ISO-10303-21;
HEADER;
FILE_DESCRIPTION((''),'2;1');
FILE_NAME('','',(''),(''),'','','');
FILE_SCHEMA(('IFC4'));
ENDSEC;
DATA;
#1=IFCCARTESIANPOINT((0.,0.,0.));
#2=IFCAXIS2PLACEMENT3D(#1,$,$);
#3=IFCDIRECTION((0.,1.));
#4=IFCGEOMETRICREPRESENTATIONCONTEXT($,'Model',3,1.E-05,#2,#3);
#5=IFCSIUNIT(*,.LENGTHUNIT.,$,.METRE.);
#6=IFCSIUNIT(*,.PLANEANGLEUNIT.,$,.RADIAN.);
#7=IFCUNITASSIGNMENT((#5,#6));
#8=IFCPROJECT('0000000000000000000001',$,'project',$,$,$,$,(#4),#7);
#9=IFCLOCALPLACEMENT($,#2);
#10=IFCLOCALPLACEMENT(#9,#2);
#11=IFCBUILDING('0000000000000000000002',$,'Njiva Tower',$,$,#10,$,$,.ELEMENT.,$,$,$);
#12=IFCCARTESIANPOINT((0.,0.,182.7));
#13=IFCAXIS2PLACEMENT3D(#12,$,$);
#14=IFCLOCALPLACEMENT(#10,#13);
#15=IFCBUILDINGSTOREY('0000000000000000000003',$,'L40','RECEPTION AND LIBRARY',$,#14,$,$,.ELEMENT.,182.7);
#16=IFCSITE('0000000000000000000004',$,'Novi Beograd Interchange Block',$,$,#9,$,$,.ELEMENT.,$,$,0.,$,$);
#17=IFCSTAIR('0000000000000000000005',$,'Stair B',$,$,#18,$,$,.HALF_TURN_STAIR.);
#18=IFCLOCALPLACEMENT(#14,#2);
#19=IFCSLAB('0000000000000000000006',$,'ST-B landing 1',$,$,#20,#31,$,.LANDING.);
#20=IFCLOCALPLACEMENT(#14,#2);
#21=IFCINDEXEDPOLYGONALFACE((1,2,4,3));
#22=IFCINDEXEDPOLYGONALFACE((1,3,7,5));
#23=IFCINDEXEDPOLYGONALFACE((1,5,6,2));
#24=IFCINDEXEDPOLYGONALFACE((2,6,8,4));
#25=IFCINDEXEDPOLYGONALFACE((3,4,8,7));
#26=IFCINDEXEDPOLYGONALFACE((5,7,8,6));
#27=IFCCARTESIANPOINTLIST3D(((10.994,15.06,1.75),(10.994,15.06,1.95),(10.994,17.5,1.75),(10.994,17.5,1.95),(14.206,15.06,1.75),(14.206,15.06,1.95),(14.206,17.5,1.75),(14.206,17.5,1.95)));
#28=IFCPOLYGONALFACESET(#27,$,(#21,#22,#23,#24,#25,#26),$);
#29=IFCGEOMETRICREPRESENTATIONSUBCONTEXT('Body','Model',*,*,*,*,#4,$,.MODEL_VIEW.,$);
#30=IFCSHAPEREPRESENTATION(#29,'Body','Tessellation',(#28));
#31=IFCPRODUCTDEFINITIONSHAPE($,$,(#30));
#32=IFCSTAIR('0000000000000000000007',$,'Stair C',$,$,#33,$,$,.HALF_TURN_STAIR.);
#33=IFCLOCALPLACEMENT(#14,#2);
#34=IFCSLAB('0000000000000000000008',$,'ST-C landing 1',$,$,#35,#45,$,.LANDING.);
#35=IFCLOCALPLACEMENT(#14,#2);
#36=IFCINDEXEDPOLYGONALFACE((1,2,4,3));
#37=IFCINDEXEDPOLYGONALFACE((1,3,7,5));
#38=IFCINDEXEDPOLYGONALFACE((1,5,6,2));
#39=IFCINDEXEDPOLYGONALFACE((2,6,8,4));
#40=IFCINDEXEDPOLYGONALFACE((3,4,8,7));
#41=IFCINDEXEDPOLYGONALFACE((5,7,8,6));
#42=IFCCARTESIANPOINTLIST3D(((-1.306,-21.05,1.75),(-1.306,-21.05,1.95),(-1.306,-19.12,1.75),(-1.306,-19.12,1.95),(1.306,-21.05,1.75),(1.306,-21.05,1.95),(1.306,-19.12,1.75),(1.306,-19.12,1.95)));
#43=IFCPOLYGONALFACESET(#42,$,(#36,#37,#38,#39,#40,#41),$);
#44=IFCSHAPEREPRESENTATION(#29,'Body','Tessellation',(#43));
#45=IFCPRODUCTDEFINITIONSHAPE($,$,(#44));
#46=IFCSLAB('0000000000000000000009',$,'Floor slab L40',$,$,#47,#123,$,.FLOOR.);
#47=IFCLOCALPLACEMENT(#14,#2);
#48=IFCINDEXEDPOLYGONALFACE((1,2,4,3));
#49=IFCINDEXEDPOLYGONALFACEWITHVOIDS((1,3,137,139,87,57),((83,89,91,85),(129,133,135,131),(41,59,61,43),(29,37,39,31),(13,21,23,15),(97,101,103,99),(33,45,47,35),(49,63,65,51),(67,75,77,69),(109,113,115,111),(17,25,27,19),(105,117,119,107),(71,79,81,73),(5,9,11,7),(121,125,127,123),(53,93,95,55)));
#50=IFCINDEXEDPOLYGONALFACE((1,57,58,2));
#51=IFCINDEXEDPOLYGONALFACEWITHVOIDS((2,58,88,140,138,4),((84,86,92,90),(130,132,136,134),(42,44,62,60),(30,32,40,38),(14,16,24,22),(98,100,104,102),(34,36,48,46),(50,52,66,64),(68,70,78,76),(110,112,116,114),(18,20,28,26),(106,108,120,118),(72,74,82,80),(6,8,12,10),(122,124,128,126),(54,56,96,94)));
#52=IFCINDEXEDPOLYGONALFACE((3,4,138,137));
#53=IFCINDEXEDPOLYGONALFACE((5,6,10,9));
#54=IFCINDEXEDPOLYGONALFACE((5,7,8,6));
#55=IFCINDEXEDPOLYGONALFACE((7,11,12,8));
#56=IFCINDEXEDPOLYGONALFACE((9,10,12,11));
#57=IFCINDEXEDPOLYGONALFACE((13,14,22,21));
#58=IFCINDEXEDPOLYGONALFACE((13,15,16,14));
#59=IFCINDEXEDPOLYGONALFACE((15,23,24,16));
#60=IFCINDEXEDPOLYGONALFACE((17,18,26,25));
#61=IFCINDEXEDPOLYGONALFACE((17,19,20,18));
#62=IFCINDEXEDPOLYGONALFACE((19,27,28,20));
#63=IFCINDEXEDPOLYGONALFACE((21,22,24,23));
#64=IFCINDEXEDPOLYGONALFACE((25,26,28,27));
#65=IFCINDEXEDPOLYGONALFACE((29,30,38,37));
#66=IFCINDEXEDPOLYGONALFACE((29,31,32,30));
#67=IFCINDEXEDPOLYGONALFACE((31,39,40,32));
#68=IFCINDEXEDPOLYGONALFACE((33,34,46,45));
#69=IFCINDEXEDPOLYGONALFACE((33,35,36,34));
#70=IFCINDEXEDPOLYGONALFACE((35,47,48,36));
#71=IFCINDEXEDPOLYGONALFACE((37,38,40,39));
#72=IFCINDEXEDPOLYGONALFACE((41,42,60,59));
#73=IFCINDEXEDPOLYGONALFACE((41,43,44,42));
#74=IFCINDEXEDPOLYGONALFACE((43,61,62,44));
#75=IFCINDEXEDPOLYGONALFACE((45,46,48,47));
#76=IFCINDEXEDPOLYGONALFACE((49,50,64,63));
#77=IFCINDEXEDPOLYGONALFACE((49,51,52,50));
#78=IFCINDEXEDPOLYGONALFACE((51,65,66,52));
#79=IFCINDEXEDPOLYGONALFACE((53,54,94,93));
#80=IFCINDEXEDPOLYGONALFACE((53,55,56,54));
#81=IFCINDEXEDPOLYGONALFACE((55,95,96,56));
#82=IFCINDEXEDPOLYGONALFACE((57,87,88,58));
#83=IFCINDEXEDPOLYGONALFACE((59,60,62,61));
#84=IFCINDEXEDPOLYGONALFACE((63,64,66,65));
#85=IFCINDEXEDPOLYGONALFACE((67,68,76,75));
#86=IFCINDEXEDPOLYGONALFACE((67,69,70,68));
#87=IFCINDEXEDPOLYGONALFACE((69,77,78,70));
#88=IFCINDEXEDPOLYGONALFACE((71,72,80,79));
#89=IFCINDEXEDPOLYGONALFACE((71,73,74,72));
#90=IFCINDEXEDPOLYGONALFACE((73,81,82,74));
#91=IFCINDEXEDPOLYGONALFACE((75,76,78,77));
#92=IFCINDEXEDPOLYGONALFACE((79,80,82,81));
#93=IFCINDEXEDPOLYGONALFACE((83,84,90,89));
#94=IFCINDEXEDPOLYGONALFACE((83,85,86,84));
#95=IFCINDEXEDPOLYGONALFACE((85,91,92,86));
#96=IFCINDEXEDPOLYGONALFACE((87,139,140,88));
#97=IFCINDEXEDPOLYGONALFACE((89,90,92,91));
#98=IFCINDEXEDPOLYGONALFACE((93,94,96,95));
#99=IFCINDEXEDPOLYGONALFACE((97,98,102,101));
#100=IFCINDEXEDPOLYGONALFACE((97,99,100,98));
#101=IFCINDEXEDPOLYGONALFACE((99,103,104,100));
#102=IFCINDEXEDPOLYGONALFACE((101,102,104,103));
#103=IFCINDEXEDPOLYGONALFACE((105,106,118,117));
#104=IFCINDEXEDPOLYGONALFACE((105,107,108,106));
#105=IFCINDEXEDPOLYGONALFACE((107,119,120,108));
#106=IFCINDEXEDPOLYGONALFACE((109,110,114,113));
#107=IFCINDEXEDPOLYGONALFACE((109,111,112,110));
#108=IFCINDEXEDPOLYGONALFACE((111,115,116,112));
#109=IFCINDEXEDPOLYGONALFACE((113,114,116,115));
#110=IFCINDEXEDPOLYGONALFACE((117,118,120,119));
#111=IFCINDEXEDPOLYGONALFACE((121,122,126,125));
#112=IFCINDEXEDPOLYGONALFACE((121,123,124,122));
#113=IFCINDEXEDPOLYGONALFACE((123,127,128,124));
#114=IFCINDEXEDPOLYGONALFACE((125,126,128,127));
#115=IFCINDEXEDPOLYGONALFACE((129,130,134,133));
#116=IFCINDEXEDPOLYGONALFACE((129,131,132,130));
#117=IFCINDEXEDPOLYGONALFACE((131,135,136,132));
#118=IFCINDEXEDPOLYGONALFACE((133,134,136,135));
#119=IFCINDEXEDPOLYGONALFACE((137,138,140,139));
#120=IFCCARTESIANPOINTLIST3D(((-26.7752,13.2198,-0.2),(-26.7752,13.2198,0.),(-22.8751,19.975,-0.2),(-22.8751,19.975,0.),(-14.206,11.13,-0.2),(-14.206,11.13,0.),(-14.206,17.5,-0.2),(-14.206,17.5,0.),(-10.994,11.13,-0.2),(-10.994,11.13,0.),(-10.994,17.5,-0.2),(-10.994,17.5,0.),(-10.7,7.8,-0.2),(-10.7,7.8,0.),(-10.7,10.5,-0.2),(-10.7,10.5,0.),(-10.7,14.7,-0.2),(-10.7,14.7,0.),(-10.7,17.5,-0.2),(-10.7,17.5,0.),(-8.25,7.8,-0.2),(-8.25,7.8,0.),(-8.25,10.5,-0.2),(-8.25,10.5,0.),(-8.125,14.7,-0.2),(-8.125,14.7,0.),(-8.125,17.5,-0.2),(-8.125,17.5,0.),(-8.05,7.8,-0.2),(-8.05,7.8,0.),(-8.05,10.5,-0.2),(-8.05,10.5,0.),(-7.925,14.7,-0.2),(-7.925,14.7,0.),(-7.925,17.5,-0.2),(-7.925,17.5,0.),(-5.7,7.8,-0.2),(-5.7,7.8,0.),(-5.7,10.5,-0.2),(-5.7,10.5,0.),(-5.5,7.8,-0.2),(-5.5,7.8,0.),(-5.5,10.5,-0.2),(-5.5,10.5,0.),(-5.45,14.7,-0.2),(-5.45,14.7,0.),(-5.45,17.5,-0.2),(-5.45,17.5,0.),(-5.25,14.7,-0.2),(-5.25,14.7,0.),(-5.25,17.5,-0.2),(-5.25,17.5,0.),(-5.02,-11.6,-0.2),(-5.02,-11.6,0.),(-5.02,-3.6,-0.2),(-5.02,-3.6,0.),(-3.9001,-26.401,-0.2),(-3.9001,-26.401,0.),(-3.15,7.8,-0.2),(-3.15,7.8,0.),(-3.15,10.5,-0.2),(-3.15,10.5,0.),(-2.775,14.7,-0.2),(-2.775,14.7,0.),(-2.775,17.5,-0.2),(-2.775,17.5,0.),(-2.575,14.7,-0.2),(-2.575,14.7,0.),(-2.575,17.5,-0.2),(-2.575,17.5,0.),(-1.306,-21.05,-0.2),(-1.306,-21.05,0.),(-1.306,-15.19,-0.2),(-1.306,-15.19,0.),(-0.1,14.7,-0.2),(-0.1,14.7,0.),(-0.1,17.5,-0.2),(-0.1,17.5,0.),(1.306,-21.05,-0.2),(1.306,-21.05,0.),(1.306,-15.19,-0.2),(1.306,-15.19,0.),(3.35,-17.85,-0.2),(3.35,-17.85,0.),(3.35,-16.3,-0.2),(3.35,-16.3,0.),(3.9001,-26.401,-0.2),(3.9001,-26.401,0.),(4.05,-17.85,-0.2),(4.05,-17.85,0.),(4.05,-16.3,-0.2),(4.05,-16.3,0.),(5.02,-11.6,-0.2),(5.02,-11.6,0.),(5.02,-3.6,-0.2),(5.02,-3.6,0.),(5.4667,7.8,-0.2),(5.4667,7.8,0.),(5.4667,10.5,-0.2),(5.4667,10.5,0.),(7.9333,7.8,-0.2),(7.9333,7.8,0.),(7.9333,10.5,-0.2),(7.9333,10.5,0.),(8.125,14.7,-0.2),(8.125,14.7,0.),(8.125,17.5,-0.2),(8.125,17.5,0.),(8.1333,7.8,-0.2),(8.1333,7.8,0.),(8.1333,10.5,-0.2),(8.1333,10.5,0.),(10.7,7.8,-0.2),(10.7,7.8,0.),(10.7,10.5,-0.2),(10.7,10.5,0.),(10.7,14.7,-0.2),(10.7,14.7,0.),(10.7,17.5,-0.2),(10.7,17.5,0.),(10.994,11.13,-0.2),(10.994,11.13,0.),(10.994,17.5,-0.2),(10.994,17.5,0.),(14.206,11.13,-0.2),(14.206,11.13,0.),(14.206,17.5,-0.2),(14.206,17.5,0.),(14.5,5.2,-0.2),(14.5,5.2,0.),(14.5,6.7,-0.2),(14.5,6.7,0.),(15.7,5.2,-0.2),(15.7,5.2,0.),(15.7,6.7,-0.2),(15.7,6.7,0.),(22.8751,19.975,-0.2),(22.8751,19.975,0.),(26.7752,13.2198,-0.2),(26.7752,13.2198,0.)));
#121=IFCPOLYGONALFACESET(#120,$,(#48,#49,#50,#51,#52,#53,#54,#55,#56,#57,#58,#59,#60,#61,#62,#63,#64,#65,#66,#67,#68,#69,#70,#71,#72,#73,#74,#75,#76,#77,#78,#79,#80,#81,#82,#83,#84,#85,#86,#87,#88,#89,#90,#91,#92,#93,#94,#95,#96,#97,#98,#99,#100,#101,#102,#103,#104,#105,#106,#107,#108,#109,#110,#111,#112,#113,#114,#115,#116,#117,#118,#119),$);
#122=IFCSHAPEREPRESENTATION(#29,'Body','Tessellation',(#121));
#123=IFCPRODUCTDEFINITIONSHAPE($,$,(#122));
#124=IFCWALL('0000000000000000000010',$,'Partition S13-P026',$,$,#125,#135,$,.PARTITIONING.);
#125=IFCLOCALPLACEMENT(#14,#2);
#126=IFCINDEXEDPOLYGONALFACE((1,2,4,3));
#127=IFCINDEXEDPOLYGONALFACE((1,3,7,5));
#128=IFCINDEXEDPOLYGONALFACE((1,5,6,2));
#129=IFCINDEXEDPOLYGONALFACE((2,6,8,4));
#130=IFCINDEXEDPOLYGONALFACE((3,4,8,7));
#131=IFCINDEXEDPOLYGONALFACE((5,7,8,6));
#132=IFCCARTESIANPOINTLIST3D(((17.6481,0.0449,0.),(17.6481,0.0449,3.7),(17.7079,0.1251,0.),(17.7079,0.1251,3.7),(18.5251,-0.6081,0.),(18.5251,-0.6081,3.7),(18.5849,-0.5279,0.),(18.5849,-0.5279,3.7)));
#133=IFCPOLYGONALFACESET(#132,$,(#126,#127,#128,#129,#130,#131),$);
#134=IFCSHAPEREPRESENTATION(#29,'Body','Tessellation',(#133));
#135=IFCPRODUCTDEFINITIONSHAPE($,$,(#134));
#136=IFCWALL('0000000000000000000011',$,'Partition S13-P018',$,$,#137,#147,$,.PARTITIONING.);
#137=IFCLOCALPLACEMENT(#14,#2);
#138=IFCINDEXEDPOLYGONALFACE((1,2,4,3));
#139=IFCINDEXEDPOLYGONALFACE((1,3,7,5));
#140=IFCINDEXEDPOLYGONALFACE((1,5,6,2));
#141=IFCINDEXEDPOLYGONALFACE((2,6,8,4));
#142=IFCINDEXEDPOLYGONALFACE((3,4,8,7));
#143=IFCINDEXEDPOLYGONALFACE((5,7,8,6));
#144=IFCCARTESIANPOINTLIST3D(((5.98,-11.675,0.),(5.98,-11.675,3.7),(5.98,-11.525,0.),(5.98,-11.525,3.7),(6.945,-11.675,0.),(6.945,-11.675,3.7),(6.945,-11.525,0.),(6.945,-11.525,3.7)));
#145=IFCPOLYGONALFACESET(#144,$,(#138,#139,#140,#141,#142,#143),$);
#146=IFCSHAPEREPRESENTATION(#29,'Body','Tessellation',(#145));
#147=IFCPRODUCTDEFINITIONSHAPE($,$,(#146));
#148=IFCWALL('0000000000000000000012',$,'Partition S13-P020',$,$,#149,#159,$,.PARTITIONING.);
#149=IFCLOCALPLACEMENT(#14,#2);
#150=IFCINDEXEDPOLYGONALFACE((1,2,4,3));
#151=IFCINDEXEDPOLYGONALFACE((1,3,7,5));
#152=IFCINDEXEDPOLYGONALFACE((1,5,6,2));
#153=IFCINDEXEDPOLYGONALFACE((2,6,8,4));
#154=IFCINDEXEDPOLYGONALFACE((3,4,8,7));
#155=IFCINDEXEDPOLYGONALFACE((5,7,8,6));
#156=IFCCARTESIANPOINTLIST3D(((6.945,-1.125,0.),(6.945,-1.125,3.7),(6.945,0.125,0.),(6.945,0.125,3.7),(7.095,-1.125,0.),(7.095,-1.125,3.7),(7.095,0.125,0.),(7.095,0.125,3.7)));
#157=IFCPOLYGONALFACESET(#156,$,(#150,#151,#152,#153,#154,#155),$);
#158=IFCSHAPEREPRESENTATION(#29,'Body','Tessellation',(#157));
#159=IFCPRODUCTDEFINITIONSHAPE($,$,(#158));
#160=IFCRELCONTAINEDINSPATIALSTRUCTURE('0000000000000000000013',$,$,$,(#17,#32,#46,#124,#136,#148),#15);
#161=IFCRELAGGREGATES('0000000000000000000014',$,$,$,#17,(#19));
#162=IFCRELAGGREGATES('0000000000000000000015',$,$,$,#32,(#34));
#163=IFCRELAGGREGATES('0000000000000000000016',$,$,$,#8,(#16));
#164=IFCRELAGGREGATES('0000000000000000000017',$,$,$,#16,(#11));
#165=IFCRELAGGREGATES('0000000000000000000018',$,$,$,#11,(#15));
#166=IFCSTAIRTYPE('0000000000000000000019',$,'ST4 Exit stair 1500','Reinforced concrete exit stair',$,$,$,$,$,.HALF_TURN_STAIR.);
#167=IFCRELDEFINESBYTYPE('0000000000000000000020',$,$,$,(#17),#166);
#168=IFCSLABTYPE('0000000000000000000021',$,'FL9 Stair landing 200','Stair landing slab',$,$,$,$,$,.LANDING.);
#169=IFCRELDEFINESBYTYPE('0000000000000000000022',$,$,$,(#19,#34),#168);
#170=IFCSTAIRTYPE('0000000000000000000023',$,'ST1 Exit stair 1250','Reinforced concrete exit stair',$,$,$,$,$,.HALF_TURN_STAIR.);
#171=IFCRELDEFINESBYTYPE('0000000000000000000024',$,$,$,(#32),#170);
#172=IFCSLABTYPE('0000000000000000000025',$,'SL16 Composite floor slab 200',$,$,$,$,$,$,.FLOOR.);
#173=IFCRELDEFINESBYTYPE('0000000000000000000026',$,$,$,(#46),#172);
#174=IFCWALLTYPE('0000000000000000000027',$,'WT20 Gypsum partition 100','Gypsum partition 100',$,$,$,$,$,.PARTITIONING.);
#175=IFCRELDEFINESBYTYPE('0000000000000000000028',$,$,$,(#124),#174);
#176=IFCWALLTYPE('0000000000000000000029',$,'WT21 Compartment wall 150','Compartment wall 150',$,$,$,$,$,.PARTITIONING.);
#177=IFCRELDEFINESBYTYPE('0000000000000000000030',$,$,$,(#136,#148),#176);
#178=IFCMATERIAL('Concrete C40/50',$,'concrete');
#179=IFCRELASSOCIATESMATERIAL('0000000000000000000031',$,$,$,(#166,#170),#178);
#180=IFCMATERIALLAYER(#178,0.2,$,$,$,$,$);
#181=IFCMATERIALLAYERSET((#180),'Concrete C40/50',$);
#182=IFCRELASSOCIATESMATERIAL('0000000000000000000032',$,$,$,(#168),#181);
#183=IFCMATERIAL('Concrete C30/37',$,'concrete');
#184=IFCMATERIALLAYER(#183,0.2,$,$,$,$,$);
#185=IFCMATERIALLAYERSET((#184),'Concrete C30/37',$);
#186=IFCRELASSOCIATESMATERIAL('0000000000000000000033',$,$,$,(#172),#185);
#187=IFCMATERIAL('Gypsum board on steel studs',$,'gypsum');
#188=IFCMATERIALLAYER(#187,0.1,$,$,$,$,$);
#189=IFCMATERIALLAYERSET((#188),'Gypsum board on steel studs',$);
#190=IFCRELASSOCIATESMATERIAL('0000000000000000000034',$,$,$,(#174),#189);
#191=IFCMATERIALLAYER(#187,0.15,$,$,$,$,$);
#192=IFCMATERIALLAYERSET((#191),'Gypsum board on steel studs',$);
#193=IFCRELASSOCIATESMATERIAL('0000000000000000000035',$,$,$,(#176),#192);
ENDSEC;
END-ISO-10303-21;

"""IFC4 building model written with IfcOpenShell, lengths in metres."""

from ifc_helpers import new_model, si_unit, direction, frame, frame_2d, origin, place, context, subcontext, project, spatial, polyline, rectangle, outline, extrude, material, layer, layer_set, type_object, element, aggregate, save


model = new_model("IFC4")

# Units and contexts
model_context = context("Model", 3, precision=1e-05, world=origin(), true_north=direction((0.0, 1.0)))
body_context = subcontext(model_context, "Body", "Model", "MODEL_VIEW")
ifc_project = project(units=[si_unit("LENGTHUNIT", "METRE"), si_unit("PLANEANGLEUNIT", "RADIAN")], contexts=[model_context])

# Site, building, storey
site_placement = place(None, origin())
site = spatial("IfcSite", under=ifc_project, at=site_placement, Name="Novi Beograd Interchange Block", CompositionType="ELEMENT", RefElevation=0.0)
building_placement = place(site_placement, origin())
building = spatial("IfcBuilding", under=site, at=building_placement, Name="Njiva Tower", CompositionType="ELEMENT")
storey_placement = place(building_placement, frame((0.0, 0.0, 182.7)))
storey = spatial("IfcBuildingStorey", under=building, at=storey_placement, Name="L40", Description="RECEPTION AND LIBRARY", CompositionType="ELEMENT", Elevation=182.7)

# Stairs, slabs
ifc_material_1 = material(Name="Concrete C40/50", Category="concrete")
stair_type_1 = type_object("IfcStairType", Name="ST4 Exit stair 1500", Description="Reinforced concrete exit stair", PredefinedType="HALF_TURN_STAIR", material=ifc_material_1)
ifc_layer_1 = layer(ifc_material_1, 0.2)
ifc_layer_set_1 = layer_set([ifc_layer_1], Name="Concrete C40/50")
slab_type_1 = type_object("IfcSlabType", Name="FL9 Stair landing 200", Description="Stair landing slab", PredefinedType="LANDING", material=ifc_layer_set_1)
stair_1_placement = place(storey_placement, origin())
stair_1 = element("IfcStair", 1, at=stair_1_placement, inside=storey, type_object=stair_type_1, Name="Stair B", PredefinedType="HALF_TURN_STAIR")
slab_1_placement = place(storey_placement, frame((0.0, 0.0, 1.75)))
slab_1 = element("IfcSlab", 2, at=slab_1_placement, type_object=slab_type_1, Name="ST-B landing 1", PredefinedType="LANDING", context=body_context, shape_type="SweptSolid", body=[
    extrude(outline(polyline([(10.994, 15.06), (14.206, 15.06), (14.206, 17.5), (10.994, 17.5), (10.994, 15.06)])), origin(), (0.0, 0.0, 1.0), 0.2),
])
aggregate(stair_1, [slab_1])
stair_type_2 = type_object("IfcStairType", Name="ST1 Exit stair 1250", Description="Reinforced concrete exit stair", PredefinedType="HALF_TURN_STAIR", material=ifc_material_1)
stair_2_placement = place(storey_placement, origin())
stair_2 = element("IfcStair", 3, at=stair_2_placement, inside=storey, type_object=stair_type_2, Name="Stair C", PredefinedType="HALF_TURN_STAIR")
slab_2_placement = place(storey_placement, frame((0.0, 0.0, 1.75)))
slab_2 = element("IfcSlab", 4, at=slab_2_placement, type_object=slab_type_1, Name="ST-C landing 1", PredefinedType="LANDING", context=body_context, shape_type="SweptSolid", body=[
    extrude(outline(polyline([(-1.306, -21.05), (1.306, -21.05), (1.306, -19.12), (-1.306, -19.12), (-1.306, -21.05)])), origin(), (0.0, 0.0, 1.0), 0.2),
])
aggregate(stair_2, [slab_2])

# Slab
ifc_material_2 = material(Name="Concrete C30/37", Category="concrete")
ifc_layer_2 = layer(ifc_material_2, 0.2)
ifc_layer_set_2 = layer_set([ifc_layer_2], Name="Concrete C30/37")
slab_type_2 = type_object("IfcSlabType", Name="SL16 Composite floor slab 200", PredefinedType="FLOOR", material=ifc_layer_set_2)
slab_3_placement = place(storey_placement, frame((0.0, 0.0, -0.2)))
element("IfcSlab", 5, at=slab_3_placement, inside=storey, type_object=slab_type_2, Name="Floor slab L40", PredefinedType="FLOOR", context=body_context, shape_type="SweptSolid", body=[
    extrude(outline(polyline([(26.7752, 13.2198), (3.9001, -26.401), (-3.9001, -26.401), (-26.7752, 13.2198), (-22.8751, 19.975), (22.8751, 19.975), (26.7752, 13.2198)]), holes=[polyline([(14.5, 5.2), (15.7, 5.2), (15.7, 6.7), (14.5, 6.7), (14.5, 5.2)]), polyline([(10.994, 11.13), (14.206, 11.13), (14.206, 17.5), (10.994, 17.5), (10.994, 11.13)]), polyline([(8.125, 14.7), (10.7, 14.7), (10.7, 17.5), (8.125, 17.5), (8.125, 14.7)]), polyline([(8.1333, 7.8), (10.7, 7.8), (10.7, 10.5), (8.1333, 10.5), (8.1333, 7.8)]), polyline([(5.4667, 7.8), (7.9333, 7.8), (7.9333, 10.5), (5.4667, 10.5), (5.4667, 7.8)]), polyline([(5.02, -11.6), (5.02, -3.6), (-5.02, -3.6), (-5.02, -11.6), (5.02, -11.6)]), polyline([(3.35, -17.85), (4.05, -17.85), (4.05, -16.3), (3.35, -16.3), (3.35, -17.85)]), polyline([(-1.306, -21.05), (1.306, -21.05), (1.306, -15.19), (-1.306, -15.19), (-1.306, -21.05)]), polyline([(-2.575, 14.7), (-0.1, 14.7), (-0.1, 17.5), (-2.575, 17.5), (-2.575, 14.7)]), polyline([(-5.25, 14.7), (-2.775, 14.7), (-2.775, 17.5), (-5.25, 17.5), (-5.25, 14.7)]), polyline([(-5.5, 7.8), (-3.15, 7.8), (-3.15, 10.5), (-5.5, 10.5), (-5.5, 7.8)]), polyline([(-7.925, 14.7), (-5.45, 14.7), (-5.45, 17.5), (-7.925, 17.5), (-7.925, 14.7)]), polyline([(-8.05, 7.8), (-5.7, 7.8), (-5.7, 10.5), (-8.05, 10.5), (-8.05, 7.8)]), polyline([(-10.7, 14.7), (-8.125, 14.7), (-8.125, 17.5), (-10.7, 17.5), (-10.7, 14.7)]), polyline([(-10.7, 7.8), (-8.25, 7.8), (-8.25, 10.5), (-10.7, 10.5), (-10.7, 7.8)]), polyline([(-14.206, 11.13), (-10.994, 11.13), (-10.994, 17.5), (-14.206, 17.5), (-14.206, 11.13)])]), origin(), (0.0, 0.0, 1.0), 0.2),
])

# Walls
ifc_material_3 = material(Name="Gypsum board on steel studs", Category="gypsum")
ifc_layer_3 = layer(ifc_material_3, 0.1)
ifc_layer_set_3 = layer_set([ifc_layer_3], Name="Gypsum board on steel studs")
wall_type_1 = type_object("IfcWallType", Name="WT20 Gypsum partition 100", Description="Gypsum partition 100", PredefinedType="PARTITIONING", material=ifc_layer_set_3)
wall_1_placement = place(storey_placement, frame((17.678, 0.085, 0.0), z_axis=(0.0, 0.0, 1.0), x_axis=(0.80208, -0.597216, 0.0)))
element("IfcWall", 6, at=wall_1_placement, inside=storey, type_object=wall_type_1, Name="Partition S13-P026", PredefinedType="PARTITIONING", context=body_context, shape_type="SweptSolid", body=[
    extrude(rectangle(XDim=1.0934, YDim=0.1, at=frame_2d((0.5467, 0.0))), origin(), (0.0, 0.0, 1.0), 3.7),
])
ifc_layer_4 = layer(ifc_material_3, 0.15)
ifc_layer_set_4 = layer_set([ifc_layer_4], Name="Gypsum board on steel studs")
wall_type_2 = type_object("IfcWallType", Name="WT21 Compartment wall 150", Description="Compartment wall 150", PredefinedType="PARTITIONING", material=ifc_layer_set_4)
wall_2_placement = place(storey_placement, frame((5.98, -11.6, 0.0), z_axis=(0.0, 0.0, 1.0), x_axis=(1.0, 0.0, 0.0)))
element("IfcWall", 7, at=wall_2_placement, inside=storey, type_object=wall_type_2, Name="Partition S13-P018", PredefinedType="PARTITIONING", context=body_context, shape_type="SweptSolid", body=[
    extrude(rectangle(XDim=0.965, YDim=0.15, at=frame_2d((0.4825, 0.0))), origin(), (0.0, 0.0, 1.0), 3.7),
])
wall_3_placement = place(storey_placement, frame((7.02, -1.125, 0.0), z_axis=(0.0, 0.0, 1.0), x_axis=(0.0, 1.0, 0.0)))
element("IfcWall", 8, at=wall_3_placement, inside=storey, type_object=wall_type_2, Name="Partition S13-P020", PredefinedType="PARTITIONING", context=body_context, shape_type="SweptSolid", body=[
    extrude(rectangle(XDim=1.25, YDim=0.15, at=frame_2d((0.625, 0.0))), origin(), (0.0, 0.0, 1.0), 3.7),
])

save(model, "model.ifc")
